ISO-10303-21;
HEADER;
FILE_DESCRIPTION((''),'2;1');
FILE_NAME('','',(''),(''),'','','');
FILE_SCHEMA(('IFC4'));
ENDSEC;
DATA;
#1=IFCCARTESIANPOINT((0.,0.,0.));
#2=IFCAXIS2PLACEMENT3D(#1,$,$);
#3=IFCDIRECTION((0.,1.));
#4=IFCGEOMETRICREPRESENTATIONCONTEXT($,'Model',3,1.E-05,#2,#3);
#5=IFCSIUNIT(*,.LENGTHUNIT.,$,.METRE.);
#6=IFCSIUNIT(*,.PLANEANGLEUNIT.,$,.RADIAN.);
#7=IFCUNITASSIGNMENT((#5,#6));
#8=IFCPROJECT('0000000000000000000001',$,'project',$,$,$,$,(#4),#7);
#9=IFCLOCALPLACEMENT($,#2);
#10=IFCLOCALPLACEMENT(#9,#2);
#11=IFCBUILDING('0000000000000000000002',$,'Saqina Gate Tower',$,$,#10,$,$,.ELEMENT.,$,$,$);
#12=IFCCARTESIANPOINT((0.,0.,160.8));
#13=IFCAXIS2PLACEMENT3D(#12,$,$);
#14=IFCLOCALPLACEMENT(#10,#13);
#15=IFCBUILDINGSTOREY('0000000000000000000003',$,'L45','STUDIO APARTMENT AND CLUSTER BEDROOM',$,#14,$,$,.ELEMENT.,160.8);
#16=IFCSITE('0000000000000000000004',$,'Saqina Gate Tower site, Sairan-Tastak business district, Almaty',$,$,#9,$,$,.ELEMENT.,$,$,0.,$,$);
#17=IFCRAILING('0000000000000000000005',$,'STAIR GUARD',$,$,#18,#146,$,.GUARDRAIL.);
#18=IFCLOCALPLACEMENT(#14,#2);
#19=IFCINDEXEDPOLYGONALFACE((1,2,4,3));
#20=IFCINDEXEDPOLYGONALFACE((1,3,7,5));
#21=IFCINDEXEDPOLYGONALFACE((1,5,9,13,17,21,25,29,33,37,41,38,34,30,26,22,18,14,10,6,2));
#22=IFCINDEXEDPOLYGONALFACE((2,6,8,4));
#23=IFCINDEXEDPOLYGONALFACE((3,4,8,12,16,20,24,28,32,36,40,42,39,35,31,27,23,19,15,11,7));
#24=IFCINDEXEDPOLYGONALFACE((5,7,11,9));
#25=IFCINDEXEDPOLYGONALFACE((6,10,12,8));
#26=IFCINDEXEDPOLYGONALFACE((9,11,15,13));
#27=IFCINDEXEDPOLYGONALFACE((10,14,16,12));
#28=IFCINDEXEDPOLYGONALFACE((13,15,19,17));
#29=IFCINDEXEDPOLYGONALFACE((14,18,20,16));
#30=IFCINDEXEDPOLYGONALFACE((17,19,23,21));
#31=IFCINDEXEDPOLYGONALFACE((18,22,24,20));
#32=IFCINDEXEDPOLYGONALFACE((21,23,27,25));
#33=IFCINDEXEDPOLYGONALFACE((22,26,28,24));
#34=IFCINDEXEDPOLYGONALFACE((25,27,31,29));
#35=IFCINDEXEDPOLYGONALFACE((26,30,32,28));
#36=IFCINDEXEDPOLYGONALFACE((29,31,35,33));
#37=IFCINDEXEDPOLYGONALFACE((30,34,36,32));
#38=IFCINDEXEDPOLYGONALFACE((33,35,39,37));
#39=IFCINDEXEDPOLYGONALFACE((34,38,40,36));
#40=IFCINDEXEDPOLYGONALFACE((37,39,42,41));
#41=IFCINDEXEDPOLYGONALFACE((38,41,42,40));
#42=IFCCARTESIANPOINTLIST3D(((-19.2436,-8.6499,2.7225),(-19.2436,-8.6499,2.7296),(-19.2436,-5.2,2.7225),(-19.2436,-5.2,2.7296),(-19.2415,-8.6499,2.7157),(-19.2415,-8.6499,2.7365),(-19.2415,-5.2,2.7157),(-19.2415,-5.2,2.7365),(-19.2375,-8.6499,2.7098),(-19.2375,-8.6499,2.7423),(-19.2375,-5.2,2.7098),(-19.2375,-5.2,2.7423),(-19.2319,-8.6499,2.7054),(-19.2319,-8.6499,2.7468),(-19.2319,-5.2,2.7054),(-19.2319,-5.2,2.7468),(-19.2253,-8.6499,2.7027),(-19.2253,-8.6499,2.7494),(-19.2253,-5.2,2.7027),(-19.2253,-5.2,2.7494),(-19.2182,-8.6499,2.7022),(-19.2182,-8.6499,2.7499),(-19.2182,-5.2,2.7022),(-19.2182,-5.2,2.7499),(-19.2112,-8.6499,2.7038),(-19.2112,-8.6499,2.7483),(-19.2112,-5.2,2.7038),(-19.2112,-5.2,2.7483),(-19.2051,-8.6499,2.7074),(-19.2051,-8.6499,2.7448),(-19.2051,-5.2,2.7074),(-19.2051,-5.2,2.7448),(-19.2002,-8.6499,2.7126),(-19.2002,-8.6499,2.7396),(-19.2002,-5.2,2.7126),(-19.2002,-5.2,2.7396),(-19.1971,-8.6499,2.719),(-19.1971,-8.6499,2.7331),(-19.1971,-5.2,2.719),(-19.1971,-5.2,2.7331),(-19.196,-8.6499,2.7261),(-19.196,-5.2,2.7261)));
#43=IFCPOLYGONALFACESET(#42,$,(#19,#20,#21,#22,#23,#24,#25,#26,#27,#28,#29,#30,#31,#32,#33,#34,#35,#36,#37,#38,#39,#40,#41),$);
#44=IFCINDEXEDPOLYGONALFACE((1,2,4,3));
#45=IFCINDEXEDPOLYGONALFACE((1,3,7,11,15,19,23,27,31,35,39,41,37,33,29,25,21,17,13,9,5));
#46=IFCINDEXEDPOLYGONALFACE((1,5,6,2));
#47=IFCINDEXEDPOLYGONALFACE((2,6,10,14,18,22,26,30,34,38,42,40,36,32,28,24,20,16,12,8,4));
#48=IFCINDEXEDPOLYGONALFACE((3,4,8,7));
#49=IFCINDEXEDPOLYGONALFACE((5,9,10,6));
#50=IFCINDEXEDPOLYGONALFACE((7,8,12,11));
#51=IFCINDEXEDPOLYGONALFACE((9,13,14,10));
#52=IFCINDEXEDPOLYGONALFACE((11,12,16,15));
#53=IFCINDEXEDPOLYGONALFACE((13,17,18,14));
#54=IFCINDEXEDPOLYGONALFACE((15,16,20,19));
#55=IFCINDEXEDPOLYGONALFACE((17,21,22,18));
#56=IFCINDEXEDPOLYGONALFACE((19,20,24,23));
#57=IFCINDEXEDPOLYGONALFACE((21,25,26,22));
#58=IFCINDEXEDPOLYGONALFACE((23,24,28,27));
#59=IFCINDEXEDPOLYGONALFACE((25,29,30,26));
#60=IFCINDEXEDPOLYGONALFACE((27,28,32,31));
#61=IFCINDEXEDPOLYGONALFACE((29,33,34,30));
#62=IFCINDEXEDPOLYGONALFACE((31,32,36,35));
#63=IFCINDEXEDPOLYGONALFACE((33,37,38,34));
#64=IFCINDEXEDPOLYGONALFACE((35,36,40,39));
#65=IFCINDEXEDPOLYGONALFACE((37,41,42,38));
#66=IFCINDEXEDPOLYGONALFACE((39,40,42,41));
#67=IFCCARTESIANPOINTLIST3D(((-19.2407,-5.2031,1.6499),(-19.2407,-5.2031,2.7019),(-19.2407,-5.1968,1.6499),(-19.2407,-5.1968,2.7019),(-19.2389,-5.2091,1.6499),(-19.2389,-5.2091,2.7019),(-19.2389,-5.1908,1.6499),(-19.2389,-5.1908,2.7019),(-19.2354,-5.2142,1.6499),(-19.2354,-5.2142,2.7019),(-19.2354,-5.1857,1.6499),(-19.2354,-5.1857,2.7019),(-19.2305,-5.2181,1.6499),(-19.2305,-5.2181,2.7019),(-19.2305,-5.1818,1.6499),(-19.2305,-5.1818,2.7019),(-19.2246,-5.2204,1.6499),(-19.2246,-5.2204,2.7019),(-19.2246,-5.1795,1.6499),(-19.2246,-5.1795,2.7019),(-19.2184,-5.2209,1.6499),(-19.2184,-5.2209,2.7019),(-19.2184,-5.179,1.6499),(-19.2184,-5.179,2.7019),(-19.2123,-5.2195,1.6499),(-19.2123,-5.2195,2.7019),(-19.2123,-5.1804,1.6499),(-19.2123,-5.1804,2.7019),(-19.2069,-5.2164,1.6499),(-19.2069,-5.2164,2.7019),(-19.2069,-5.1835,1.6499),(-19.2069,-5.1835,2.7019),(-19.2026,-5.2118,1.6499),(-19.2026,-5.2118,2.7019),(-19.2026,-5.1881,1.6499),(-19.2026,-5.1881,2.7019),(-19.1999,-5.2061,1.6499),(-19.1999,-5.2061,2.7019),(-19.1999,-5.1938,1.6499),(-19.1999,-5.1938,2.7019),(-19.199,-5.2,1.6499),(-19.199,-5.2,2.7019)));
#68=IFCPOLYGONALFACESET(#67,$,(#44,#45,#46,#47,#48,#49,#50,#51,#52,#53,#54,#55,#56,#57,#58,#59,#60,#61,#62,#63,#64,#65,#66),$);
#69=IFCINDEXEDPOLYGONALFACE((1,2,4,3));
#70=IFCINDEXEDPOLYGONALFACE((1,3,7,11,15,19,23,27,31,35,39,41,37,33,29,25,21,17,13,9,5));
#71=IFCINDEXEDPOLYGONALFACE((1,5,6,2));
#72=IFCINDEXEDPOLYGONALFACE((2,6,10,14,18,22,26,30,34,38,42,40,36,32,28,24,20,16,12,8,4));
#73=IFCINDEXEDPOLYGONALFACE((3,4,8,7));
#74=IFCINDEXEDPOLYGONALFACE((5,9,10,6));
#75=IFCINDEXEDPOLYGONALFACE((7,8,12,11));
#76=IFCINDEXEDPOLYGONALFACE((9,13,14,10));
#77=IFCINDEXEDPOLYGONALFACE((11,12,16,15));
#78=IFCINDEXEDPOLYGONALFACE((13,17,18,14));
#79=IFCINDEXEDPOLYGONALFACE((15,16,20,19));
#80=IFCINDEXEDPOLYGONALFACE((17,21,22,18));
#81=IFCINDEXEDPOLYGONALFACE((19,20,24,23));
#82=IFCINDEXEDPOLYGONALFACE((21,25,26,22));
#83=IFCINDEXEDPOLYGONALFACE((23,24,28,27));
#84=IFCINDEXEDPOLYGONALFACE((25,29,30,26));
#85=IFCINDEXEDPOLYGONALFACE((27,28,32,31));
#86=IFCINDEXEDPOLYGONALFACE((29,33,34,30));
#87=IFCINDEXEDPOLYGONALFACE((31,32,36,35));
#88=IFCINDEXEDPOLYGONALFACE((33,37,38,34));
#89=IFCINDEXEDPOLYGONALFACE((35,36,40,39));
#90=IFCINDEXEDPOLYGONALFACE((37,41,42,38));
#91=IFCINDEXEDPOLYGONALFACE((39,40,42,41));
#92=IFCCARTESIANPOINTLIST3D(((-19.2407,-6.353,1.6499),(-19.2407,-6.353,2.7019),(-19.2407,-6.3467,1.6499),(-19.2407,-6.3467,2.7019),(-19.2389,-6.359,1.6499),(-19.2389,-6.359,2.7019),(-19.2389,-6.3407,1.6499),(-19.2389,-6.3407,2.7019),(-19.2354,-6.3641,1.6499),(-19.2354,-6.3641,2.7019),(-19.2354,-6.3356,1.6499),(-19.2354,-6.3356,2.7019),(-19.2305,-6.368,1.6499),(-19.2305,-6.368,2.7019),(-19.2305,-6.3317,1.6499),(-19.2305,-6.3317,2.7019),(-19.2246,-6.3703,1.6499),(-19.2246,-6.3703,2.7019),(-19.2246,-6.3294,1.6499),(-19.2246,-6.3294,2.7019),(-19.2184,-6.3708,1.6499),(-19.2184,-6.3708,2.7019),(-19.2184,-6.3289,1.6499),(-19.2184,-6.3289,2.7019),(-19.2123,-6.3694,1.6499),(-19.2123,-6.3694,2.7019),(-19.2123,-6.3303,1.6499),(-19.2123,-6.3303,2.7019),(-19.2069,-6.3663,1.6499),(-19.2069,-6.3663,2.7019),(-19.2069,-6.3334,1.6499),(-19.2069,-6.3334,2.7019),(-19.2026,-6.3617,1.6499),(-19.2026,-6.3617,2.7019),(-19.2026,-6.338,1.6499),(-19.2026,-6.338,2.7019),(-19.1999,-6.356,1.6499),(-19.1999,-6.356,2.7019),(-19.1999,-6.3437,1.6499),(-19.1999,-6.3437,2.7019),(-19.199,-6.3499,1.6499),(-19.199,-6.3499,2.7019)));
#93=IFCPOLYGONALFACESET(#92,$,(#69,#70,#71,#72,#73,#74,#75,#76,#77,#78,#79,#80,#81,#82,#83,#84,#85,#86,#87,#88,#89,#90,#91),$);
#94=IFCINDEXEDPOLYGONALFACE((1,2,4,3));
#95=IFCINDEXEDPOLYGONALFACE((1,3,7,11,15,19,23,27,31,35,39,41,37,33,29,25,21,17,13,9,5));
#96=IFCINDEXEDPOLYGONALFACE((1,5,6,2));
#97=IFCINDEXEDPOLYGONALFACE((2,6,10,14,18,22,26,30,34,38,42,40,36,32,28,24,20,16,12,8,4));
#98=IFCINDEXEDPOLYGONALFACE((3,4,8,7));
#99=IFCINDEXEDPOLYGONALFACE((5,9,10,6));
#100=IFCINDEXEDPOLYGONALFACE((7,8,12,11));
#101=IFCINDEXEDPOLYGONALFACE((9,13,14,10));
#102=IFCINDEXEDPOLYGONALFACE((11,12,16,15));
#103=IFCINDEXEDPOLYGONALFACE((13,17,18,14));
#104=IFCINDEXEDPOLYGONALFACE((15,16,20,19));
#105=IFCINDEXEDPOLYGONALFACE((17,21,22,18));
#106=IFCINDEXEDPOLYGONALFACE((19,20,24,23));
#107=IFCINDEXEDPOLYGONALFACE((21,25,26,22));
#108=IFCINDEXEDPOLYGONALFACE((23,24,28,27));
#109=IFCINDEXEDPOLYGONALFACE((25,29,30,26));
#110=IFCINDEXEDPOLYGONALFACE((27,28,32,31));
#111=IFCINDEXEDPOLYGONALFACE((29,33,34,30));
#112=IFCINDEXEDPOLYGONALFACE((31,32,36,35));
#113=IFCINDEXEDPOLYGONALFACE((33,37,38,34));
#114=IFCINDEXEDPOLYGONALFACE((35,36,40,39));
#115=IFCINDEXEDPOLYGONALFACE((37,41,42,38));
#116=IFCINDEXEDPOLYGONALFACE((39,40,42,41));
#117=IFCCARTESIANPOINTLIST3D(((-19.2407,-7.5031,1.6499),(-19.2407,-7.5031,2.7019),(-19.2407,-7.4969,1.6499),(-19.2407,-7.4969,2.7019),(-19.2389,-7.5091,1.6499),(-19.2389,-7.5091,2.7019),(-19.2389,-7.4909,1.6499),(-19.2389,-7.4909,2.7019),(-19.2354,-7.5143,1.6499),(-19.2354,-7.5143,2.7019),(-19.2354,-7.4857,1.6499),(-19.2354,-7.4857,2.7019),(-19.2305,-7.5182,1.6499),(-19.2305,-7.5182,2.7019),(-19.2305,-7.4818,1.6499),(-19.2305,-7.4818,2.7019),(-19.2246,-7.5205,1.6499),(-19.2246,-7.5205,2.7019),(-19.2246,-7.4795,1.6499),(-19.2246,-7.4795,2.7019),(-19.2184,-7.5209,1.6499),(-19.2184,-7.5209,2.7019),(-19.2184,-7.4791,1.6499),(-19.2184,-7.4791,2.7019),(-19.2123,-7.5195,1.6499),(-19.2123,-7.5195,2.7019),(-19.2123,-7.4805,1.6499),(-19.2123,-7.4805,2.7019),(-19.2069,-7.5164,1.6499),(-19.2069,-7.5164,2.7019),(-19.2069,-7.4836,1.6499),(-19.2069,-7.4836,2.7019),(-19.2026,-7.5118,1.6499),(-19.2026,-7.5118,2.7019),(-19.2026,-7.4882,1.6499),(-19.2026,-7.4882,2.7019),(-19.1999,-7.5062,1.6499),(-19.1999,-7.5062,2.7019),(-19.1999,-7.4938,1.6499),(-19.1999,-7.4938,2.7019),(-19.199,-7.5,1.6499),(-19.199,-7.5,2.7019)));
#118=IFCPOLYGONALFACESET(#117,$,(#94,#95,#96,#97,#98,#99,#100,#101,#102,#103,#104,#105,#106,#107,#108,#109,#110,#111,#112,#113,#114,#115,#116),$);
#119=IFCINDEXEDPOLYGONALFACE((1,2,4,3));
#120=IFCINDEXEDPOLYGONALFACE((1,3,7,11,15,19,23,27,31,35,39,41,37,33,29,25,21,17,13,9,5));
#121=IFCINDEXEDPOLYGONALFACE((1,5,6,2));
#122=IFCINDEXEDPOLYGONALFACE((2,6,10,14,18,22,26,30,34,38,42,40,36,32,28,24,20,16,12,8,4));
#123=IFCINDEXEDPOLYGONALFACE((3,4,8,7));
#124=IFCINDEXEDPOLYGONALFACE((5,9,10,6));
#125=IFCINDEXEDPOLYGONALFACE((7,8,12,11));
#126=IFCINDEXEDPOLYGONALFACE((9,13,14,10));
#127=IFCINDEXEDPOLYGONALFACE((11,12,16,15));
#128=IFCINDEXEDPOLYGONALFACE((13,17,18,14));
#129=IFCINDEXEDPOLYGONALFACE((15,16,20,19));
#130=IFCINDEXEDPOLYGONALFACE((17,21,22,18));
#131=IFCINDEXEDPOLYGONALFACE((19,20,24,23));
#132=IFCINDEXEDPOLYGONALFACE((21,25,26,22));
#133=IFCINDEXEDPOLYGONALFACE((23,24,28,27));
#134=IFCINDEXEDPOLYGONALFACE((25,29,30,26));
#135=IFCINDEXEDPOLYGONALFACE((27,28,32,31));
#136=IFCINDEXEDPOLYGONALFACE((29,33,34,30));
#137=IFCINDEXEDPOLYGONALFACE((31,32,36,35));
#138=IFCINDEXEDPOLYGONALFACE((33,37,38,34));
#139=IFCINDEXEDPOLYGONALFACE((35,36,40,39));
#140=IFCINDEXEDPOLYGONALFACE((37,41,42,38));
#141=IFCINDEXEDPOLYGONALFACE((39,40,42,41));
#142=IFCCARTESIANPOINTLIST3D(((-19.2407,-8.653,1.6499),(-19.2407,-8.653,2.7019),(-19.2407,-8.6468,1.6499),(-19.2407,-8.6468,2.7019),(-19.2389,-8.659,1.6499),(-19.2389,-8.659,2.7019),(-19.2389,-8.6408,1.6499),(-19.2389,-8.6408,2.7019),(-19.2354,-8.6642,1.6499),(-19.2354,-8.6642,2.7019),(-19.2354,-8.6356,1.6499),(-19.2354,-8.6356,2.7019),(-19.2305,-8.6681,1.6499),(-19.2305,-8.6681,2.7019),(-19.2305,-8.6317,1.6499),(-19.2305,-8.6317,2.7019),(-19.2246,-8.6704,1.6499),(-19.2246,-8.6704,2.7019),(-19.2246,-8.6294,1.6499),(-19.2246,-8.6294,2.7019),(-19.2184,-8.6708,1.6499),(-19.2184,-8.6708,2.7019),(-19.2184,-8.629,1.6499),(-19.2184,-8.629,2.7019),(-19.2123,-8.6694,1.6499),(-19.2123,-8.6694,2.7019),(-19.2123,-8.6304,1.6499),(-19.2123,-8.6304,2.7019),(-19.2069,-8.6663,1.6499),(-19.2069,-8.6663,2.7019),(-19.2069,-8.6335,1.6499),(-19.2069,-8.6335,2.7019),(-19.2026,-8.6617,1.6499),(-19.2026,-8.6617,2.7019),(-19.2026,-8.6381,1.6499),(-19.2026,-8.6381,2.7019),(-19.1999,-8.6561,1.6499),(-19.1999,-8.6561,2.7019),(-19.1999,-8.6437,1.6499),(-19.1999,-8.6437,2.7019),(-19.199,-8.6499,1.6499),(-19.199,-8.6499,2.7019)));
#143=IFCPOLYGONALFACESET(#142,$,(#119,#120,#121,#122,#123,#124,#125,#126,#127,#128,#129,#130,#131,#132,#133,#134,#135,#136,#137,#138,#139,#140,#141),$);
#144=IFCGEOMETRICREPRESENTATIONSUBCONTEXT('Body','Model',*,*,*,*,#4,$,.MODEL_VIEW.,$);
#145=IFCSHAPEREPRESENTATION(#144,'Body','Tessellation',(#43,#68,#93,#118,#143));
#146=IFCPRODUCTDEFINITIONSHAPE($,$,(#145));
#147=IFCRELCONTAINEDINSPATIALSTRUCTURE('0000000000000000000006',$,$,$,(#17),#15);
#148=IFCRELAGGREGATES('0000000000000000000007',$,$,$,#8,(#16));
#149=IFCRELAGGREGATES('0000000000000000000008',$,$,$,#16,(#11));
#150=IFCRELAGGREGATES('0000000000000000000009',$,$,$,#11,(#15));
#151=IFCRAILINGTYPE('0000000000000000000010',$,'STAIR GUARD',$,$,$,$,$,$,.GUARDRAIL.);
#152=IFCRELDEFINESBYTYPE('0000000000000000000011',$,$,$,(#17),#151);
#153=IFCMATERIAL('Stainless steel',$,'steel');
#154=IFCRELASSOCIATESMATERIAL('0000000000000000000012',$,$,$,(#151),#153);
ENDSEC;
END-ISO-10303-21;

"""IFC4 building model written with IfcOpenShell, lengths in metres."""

from ifc_helpers import new_model, si_unit, direction, frame, origin, origin_2d, place, context, subcontext, project, spatial, circle, extrude, material, type_object, element, save


model = new_model("IFC4")

# Units and contexts
model_context = context("Model", 3, precision=1e-05, world=origin(), true_north=direction((0.0, 1.0)))
body_context = subcontext(model_context, "Body", "Model", "MODEL_VIEW")
ifc_project = project(units=[si_unit("LENGTHUNIT", "METRE"), si_unit("PLANEANGLEUNIT", "RADIAN")], contexts=[model_context])

# Site, building, storey
site_placement = place(None, origin())
site = spatial("IfcSite", under=ifc_project, at=site_placement, Name="Saqina Gate Tower site, Sairan-Tastak business district, Almaty", CompositionType="ELEMENT", RefElevation=0.0)
building_placement = place(site_placement, origin())
building = spatial("IfcBuilding", under=site, at=building_placement, Name="Saqina Gate Tower", CompositionType="ELEMENT")
storey_placement = place(building_placement, frame((0.0, 0.0, 160.8)))
storey = spatial("IfcBuildingStorey", under=building, at=storey_placement, Name="L45", Description="STUDIO APARTMENT AND CLUSTER BEDROOM", CompositionType="ELEMENT", Elevation=160.8)

# Railing
ifc_material_1 = material(Name="Stainless steel", Category="steel")
railing_type = type_object("IfcRailingType", Name="STAIR GUARD", PredefinedType="GUARDRAIL", material=ifc_material_1)
railing_placement = place(storey_placement, frame((-19.22, -5.2, 1.6499)))
element("IfcRailing", 1, at=railing_placement, inside=storey, type_object=railing_type, Name="STAIR GUARD", PredefinedType="GUARDRAIL", context=body_context, shape_type="SweptSolid", body=[
    extrude(circle(Radius=0.0239, at=origin_2d()), frame((0.0, 0.0, 1.0762), z_axis=(0.0, -1.0, 0.0), x_axis=(1.0, 0.0, 0.0)), (0.0, 0.0, 1.0), 3.45),
    extrude(circle(Radius=0.021, at=origin_2d()), origin(), (0.0, 0.0, 1.0), 1.052),
    extrude(circle(Radius=0.021, at=origin_2d()), frame((0.0, -1.1499, 0.0)), (0.0, 0.0, 1.0), 1.052),
    extrude(circle(Radius=0.021, at=origin_2d()), frame((0.0, -2.3, 0.0)), (0.0, 0.0, 1.0), 1.052),
    extrude(circle(Radius=0.021, at=origin_2d()), frame((0.0, -3.45, 0.0)), (0.0, 0.0, 1.0), 1.052),
])

save(model, "model.ifc")
